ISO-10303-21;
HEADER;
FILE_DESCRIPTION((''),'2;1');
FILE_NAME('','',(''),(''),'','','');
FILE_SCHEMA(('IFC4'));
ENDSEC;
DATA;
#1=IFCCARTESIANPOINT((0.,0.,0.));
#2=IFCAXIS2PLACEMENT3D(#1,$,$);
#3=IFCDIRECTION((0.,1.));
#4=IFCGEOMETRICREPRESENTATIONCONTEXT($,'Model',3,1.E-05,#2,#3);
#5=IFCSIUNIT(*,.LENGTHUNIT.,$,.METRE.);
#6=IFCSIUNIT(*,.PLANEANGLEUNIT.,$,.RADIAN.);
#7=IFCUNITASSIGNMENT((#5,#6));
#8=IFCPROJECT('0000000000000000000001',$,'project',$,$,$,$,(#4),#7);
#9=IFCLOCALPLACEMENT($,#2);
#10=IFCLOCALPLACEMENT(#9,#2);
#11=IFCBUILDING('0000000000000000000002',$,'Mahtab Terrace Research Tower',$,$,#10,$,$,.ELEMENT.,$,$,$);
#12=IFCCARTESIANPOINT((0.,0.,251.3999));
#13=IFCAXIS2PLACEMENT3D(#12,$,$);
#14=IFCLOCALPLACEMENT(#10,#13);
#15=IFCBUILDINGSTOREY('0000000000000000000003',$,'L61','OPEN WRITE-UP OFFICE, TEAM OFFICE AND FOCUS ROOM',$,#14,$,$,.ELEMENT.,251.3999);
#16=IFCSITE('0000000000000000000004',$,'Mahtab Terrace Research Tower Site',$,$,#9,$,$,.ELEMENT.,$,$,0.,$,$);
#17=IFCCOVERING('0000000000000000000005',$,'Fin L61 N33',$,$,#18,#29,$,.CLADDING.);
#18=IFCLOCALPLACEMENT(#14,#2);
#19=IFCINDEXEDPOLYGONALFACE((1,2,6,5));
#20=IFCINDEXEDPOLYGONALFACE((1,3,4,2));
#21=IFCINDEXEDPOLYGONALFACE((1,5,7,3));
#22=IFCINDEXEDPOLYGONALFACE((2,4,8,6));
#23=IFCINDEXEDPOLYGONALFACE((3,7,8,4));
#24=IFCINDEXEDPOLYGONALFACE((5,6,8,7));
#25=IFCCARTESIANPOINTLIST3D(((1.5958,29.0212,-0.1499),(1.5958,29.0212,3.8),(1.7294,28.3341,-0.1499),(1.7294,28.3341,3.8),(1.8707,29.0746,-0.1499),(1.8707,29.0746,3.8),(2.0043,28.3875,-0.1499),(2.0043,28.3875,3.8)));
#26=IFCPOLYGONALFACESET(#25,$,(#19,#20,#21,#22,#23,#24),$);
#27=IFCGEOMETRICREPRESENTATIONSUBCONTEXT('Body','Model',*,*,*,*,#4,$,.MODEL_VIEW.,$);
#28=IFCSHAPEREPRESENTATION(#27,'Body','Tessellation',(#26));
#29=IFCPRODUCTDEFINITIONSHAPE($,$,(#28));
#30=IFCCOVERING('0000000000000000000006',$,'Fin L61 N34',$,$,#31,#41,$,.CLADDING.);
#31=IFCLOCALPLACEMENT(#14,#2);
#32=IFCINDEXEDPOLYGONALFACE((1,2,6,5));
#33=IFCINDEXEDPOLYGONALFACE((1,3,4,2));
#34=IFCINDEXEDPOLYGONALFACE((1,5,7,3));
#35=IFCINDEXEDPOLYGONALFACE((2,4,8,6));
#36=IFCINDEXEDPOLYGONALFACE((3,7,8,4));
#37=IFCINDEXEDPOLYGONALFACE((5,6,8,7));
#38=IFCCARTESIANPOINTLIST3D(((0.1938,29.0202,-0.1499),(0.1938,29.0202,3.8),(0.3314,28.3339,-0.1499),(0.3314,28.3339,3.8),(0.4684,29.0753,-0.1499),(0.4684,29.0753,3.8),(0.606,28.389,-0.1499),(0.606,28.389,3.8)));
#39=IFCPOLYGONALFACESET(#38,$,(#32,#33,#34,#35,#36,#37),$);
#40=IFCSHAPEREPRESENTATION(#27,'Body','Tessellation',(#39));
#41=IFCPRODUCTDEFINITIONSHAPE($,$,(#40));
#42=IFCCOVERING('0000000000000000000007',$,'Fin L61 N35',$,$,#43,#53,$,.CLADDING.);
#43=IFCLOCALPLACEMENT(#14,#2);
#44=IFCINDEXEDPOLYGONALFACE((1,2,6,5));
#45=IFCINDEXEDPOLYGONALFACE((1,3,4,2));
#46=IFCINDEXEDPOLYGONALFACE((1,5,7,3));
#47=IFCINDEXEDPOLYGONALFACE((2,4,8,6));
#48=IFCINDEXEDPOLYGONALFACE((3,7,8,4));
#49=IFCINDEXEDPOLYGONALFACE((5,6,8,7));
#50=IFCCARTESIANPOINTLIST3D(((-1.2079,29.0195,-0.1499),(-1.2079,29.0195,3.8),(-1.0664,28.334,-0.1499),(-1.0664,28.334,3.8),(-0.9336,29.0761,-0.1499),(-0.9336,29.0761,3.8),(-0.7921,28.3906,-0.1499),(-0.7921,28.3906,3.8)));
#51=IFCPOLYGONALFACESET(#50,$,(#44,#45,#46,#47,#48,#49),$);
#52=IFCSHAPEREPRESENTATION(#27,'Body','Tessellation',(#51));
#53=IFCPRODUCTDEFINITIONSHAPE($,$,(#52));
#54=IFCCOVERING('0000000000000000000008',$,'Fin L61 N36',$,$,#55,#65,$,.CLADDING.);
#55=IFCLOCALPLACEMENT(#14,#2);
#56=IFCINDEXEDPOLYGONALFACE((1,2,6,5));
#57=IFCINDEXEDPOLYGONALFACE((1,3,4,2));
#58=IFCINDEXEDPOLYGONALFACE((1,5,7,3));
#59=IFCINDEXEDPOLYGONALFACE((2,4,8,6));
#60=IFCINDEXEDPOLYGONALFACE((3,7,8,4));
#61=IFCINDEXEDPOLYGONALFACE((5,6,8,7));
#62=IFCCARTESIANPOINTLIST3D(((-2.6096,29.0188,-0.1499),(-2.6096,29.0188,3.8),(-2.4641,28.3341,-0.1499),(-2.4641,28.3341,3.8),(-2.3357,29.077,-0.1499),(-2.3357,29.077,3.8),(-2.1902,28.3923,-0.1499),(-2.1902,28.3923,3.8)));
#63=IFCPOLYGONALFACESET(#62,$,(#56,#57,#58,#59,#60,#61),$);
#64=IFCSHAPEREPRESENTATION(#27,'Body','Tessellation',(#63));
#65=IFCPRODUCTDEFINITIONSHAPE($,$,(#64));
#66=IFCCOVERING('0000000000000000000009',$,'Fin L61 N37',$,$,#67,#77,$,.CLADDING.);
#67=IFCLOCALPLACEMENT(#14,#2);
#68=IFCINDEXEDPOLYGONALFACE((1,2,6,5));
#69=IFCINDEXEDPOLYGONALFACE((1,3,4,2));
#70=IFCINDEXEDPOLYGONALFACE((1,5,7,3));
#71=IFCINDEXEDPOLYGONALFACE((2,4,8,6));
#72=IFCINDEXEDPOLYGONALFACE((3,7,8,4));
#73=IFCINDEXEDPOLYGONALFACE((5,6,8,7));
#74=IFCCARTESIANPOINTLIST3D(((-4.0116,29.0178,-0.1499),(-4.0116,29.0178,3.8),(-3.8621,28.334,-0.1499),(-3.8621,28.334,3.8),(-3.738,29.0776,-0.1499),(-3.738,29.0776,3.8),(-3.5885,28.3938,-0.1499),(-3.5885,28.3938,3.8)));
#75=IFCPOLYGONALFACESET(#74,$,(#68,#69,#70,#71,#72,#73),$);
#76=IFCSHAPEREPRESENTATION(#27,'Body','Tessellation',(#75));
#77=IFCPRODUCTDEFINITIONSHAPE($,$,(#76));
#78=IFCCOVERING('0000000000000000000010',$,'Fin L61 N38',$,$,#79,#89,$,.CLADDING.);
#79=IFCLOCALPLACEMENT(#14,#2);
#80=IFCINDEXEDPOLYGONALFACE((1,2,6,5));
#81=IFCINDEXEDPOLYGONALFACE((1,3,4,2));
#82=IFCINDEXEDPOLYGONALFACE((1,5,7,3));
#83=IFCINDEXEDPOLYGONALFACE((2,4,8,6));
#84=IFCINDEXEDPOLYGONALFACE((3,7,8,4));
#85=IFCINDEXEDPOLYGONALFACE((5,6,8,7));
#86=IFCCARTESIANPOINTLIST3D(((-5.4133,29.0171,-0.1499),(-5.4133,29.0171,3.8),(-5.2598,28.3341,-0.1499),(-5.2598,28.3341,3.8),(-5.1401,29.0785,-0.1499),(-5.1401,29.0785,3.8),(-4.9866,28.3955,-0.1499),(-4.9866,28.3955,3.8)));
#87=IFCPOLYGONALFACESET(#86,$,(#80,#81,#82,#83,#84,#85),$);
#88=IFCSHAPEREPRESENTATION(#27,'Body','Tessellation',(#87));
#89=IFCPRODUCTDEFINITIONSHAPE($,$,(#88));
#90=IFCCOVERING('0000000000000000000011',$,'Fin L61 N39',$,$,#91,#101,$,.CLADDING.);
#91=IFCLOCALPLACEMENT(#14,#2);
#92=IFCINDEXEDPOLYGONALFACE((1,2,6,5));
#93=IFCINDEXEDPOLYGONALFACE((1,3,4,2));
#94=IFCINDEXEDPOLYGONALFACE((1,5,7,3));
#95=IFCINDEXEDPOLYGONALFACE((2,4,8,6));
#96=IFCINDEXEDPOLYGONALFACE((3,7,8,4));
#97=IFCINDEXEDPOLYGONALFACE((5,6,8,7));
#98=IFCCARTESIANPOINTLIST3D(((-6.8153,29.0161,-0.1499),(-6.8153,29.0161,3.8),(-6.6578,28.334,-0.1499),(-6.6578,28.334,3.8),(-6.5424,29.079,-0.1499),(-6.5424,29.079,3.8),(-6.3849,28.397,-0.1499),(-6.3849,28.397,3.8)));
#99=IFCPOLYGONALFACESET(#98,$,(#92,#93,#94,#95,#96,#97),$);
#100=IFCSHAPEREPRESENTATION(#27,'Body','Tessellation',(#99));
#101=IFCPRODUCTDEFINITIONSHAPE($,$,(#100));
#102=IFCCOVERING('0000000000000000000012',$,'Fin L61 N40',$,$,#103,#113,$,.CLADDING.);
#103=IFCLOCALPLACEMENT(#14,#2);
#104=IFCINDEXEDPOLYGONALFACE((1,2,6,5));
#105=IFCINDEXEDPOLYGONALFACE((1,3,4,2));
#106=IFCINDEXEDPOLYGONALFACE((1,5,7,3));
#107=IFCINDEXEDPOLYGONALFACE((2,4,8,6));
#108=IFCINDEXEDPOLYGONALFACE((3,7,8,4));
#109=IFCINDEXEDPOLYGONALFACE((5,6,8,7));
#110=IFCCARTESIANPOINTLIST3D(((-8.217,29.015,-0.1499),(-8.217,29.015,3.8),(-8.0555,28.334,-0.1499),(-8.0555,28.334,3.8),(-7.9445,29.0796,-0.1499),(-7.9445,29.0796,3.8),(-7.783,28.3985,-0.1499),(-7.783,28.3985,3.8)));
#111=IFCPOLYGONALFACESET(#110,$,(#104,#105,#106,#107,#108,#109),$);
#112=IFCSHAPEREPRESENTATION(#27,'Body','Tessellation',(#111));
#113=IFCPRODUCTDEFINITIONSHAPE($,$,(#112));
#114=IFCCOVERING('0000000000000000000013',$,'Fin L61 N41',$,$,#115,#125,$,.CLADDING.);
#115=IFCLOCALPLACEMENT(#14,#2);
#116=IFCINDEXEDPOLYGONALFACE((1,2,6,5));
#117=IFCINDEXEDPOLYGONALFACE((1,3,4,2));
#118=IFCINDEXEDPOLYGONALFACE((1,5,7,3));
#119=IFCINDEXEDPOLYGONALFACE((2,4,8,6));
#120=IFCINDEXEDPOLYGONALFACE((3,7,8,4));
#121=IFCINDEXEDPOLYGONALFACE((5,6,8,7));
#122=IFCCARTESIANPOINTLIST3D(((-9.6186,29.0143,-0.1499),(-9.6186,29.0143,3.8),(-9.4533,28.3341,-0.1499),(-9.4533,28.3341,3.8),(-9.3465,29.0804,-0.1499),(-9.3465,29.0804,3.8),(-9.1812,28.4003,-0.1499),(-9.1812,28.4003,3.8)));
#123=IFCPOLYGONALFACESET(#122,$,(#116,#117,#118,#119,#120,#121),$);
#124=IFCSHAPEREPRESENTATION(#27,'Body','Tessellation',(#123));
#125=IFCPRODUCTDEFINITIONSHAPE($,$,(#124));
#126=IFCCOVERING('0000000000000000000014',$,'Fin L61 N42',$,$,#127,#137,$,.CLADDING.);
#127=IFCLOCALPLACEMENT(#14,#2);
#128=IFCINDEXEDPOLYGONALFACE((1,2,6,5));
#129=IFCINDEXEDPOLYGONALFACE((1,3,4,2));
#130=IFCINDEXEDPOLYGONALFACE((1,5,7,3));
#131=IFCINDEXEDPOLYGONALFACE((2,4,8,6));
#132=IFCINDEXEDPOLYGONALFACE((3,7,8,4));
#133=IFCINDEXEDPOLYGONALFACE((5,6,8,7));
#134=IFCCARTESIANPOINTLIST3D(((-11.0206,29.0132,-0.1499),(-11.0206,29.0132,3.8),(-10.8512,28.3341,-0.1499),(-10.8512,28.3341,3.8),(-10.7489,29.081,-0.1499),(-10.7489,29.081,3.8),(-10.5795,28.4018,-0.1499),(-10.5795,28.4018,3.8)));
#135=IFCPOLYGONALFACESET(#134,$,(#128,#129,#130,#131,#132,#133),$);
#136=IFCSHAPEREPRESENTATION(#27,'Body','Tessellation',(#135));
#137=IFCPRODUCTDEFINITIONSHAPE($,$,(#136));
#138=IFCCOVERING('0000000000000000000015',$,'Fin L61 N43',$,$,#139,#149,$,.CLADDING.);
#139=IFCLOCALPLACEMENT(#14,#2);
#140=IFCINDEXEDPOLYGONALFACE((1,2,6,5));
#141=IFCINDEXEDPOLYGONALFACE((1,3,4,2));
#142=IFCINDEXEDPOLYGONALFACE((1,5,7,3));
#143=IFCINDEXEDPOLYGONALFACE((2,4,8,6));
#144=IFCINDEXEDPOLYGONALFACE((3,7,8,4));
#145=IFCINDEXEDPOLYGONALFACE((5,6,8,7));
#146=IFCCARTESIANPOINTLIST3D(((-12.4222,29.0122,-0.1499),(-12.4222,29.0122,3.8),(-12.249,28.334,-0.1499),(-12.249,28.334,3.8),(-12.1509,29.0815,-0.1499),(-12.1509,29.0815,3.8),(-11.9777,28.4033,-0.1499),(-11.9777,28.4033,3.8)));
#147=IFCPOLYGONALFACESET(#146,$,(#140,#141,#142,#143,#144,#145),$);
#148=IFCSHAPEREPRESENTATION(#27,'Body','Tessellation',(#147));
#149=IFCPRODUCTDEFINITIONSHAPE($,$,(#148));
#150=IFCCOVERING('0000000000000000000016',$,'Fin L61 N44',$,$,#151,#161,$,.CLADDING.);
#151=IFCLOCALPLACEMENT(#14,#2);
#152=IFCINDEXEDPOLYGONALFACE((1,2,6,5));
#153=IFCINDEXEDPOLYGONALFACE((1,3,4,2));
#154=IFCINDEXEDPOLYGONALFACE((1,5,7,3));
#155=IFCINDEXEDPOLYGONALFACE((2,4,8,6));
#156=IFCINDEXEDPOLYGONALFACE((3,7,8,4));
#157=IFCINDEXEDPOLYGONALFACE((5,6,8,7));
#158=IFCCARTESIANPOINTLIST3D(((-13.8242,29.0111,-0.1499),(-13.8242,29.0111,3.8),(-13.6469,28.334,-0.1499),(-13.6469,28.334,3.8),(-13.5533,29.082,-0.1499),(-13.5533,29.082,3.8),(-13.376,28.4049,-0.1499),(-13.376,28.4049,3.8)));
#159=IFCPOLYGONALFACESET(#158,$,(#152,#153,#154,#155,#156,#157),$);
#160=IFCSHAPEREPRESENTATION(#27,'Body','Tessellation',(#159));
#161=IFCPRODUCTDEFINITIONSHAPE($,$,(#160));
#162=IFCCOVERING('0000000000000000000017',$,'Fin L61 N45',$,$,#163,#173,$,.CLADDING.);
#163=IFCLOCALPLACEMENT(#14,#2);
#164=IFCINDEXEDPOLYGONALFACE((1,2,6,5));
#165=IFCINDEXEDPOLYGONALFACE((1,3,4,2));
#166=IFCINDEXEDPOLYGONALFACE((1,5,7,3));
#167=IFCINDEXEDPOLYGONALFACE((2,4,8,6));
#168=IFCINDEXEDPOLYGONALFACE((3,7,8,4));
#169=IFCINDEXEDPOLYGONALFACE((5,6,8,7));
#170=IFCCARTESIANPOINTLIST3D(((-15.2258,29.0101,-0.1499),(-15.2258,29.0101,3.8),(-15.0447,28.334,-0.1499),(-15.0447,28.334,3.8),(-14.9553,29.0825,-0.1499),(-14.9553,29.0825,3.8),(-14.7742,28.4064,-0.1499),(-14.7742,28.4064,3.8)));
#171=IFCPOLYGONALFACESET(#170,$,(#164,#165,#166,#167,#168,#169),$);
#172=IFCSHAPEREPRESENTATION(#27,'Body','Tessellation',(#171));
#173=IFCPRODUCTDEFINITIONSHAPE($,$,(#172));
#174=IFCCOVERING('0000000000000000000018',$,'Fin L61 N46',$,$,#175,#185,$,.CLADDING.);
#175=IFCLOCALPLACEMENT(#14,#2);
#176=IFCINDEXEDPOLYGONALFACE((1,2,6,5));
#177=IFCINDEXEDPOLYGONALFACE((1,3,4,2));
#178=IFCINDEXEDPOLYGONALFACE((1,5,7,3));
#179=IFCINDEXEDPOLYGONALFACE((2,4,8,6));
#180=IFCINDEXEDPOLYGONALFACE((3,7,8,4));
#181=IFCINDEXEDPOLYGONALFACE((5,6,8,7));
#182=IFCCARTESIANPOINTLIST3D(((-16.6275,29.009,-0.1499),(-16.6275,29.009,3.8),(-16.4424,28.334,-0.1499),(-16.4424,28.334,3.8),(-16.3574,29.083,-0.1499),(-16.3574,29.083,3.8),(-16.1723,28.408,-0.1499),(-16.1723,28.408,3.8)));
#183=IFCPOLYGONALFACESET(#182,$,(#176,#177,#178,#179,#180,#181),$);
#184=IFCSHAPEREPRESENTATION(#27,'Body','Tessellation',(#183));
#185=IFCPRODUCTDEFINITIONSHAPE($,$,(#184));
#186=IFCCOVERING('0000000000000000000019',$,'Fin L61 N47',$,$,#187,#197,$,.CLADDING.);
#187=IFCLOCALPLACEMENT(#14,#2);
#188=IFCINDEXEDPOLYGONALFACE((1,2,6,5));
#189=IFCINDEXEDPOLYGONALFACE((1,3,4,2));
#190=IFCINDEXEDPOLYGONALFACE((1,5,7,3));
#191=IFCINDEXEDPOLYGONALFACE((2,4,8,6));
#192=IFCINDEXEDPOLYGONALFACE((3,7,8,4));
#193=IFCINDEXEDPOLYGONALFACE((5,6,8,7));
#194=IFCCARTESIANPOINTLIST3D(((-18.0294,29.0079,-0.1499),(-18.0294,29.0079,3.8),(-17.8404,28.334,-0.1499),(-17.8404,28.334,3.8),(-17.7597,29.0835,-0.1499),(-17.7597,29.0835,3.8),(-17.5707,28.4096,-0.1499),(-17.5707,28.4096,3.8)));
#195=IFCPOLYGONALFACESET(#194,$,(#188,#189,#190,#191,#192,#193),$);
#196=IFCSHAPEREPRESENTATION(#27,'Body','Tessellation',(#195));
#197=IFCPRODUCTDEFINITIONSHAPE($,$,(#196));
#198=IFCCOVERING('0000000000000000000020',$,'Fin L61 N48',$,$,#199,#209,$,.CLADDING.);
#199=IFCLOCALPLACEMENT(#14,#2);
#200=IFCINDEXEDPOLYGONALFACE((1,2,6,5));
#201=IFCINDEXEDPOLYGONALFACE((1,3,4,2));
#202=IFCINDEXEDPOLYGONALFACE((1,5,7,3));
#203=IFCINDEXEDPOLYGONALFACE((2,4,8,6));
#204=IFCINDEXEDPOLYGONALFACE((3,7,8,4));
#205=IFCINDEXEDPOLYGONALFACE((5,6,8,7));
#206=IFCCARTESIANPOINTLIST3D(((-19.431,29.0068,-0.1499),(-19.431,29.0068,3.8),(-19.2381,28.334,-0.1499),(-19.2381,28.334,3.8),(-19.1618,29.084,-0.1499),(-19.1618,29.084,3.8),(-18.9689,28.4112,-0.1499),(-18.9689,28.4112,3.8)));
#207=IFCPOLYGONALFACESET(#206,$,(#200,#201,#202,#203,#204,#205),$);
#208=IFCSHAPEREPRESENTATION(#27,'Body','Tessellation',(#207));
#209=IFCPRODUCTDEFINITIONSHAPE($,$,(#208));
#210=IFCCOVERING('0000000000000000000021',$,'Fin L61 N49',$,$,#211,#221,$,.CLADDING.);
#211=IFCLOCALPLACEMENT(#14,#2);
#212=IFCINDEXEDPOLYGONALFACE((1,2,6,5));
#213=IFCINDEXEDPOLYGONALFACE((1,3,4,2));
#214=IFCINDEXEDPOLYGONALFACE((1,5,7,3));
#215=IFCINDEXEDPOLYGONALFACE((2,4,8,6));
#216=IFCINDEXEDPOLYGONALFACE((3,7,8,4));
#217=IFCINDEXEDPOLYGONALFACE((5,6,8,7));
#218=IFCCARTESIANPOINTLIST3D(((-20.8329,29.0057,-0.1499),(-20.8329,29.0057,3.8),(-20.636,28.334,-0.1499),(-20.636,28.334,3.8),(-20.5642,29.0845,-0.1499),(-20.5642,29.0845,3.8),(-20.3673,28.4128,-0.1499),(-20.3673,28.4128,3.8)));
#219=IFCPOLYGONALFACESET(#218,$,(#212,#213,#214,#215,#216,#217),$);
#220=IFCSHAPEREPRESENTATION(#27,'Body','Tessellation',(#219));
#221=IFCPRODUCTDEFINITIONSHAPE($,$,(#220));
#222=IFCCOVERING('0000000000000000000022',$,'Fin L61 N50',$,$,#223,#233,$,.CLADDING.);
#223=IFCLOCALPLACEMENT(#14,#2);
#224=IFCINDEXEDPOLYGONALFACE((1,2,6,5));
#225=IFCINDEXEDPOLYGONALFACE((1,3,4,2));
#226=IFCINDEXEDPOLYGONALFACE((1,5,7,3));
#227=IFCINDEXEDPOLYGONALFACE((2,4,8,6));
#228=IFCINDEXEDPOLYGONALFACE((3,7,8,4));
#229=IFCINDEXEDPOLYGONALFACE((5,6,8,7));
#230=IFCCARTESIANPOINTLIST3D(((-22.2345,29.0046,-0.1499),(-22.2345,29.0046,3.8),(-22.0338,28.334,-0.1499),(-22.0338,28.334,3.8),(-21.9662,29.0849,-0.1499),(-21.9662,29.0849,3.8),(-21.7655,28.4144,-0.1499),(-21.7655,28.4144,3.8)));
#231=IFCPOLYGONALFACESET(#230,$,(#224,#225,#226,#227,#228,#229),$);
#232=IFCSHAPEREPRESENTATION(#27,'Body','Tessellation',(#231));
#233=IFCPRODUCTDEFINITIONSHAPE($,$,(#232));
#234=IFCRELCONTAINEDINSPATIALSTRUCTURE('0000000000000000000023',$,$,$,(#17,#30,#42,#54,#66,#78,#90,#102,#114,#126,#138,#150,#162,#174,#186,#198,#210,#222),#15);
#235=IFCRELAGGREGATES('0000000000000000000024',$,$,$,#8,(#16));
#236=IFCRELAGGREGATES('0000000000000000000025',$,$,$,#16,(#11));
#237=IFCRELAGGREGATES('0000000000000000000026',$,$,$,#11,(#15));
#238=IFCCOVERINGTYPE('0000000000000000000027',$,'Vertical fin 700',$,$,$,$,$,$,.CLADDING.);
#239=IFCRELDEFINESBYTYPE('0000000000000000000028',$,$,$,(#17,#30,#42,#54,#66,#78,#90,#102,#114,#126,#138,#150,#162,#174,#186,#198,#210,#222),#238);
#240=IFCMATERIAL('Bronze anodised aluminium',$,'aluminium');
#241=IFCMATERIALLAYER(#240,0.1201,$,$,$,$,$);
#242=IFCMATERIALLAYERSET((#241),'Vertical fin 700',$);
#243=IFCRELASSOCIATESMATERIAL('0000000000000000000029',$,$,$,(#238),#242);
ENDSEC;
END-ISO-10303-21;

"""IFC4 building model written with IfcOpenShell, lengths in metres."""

from ifc_helpers import new_model, si_unit, direction, frame, origin, origin_2d, place, context, subcontext, project, spatial, rectangle, extrude, material, layer, layer_set, type_object, element, save


model = new_model("IFC4")

# Units and contexts
model_context = context("Model", 3, precision=1e-05, world=origin(), true_north=direction((0.0, 1.0)))
body_context = subcontext(model_context, "Body", "Model", "MODEL_VIEW")
ifc_project = project(units=[si_unit("LENGTHUNIT", "METRE"), si_unit("PLANEANGLEUNIT", "RADIAN")], contexts=[model_context])

# Site, building, storey
site_placement = place(None, origin())
site = spatial("IfcSite", under=ifc_project, at=site_placement, Name="Mahtab Terrace Research Tower Site", CompositionType="ELEMENT", RefElevation=0.0)
building_placement = place(site_placement, origin())
building = spatial("IfcBuilding", under=site, at=building_placement, Name="Mahtab Terrace Research Tower", CompositionType="ELEMENT")
storey_placement = place(building_placement, frame((0.0, 0.0, 251.3999)))
storey = spatial("IfcBuildingStorey", under=building, at=storey_placement, Name="L61", Description="OPEN WRITE-UP OFFICE, TEAM OFFICE AND FOCUS ROOM", CompositionType="ELEMENT", Elevation=251.3999)

# Coverings
ifc_material_1 = material(Name="Bronze anodised aluminium", Category="aluminium")
ifc_layer_1 = layer(ifc_material_1, 0.1201)
ifc_layer_set_1 = layer_set([ifc_layer_1], Name="Vertical fin 700")
covering_type = type_object("IfcCoveringType", Name="Vertical fin 700", PredefinedType="CLADDING", material=ifc_layer_set_1)
for number, where, z_axis, x_axis, name in (
    (1, (1.8, 28.7043, -0.1499), (0.0, 0.0, 1.0), (-0.981627, -0.190809, 0.0), "Fin L61 N33"),
    (2, (0.3999, 28.7046, -0.1499), (0.0, 0.0, 1.0), (-0.9805, -0.196517, 0.0), "Fin L61 N34"),
    (3, (-1.0, 28.7051, -0.1499), (0.0, 0.0, 1.0), (-0.979341, -0.202218, 0.0), "Fin L61 N35"),
    (4, (-2.3999, 28.7056, -0.1499), (0.0, 0.0, 1.0), (-0.978148, -0.207912, 0.0), "Fin L61 N36"),
    (5, (-3.8, 28.7058, -0.1499), (0.0, 0.0, 1.0), (-0.976921, -0.213599, 0.0), "Fin L61 N37"),
    (6, (-5.2, 28.7063, -0.1499), (0.0, 0.0, 1.0), (-0.975662, -0.219279, 0.0), "Fin L61 N38"),
    (7, (-6.6001, 28.7065, -0.1499), (0.0, 0.0, 1.0), (-0.97437, -0.224951, 0.0), "Fin L61 N39"),
    (8, (-8.0, 28.7068, -0.1499), (0.0, 0.0, 1.0), (-0.973045, -0.230616, 0.0), "Fin L61 N40"),
    (9, (-9.3999, 28.7073, -0.1499), (0.0, 0.0, 1.0), (-0.971687, -0.236273, 0.0), "Fin L61 N41"),
    (10, (-10.8, 28.7075, -0.1499), (0.0, 0.0, 1.0), (-0.970296, -0.241922, 0.0), "Fin L61 N42"),
    (11, (-12.2, 28.7078, -0.1499), (0.0, 0.0, 1.0), (-0.968872, -0.247563, 0.0), "Fin L61 N43"),
    (12, (-13.6001, 28.708, -0.1499), (0.0, 0.0, 1.0), (-0.967415, -0.253195, 0.0), "Fin L61 N44"),
    (13, (-15.0, 28.7083, -0.1499), (0.0, 0.0, 1.0), (-0.965926, -0.258819, 0.0), "Fin L61 N45"),
    (14, (-16.3999, 28.7085, -0.1499), (0.0, 0.0, 1.0), (-0.964404, -0.264434, 0.0), "Fin L61 N46"),
    (15, (-17.8, 28.7087, -0.1499), (0.0, 0.0, 1.0), (-0.962849, -0.27004, 0.0), "Fin L61 N47"),
    (16, (-19.2, 28.709, -0.1499), (0.0, 0.0, 1.0), (-0.961262, -0.275637, 0.0), "Fin L61 N48"),
    (17, (-20.6001, 28.7092, -0.1499), (0.0, 0.0, 1.0), (-0.959642, -0.281225, 0.0), "Fin L61 N49"),
    (18, (-22.0, 28.7095, -0.1499), (0.0, 0.0, 1.0), (-0.95799, -0.286803, 0.0), "Fin L61 N50"),
):
    element("IfcCovering", number, at=place(storey_placement, frame(where, z_axis=z_axis, x_axis=x_axis)), inside=storey, type_object=covering_type, Name=name, PredefinedType="CLADDING", context=body_context, shape_type="SweptSolid", body=[
        extrude(rectangle(XDim=0.28, YDim=0.7, at=origin_2d()), origin(), (0.0, 0.0, 1.0), 3.95),
    ])

save(model, "model.ifc")
